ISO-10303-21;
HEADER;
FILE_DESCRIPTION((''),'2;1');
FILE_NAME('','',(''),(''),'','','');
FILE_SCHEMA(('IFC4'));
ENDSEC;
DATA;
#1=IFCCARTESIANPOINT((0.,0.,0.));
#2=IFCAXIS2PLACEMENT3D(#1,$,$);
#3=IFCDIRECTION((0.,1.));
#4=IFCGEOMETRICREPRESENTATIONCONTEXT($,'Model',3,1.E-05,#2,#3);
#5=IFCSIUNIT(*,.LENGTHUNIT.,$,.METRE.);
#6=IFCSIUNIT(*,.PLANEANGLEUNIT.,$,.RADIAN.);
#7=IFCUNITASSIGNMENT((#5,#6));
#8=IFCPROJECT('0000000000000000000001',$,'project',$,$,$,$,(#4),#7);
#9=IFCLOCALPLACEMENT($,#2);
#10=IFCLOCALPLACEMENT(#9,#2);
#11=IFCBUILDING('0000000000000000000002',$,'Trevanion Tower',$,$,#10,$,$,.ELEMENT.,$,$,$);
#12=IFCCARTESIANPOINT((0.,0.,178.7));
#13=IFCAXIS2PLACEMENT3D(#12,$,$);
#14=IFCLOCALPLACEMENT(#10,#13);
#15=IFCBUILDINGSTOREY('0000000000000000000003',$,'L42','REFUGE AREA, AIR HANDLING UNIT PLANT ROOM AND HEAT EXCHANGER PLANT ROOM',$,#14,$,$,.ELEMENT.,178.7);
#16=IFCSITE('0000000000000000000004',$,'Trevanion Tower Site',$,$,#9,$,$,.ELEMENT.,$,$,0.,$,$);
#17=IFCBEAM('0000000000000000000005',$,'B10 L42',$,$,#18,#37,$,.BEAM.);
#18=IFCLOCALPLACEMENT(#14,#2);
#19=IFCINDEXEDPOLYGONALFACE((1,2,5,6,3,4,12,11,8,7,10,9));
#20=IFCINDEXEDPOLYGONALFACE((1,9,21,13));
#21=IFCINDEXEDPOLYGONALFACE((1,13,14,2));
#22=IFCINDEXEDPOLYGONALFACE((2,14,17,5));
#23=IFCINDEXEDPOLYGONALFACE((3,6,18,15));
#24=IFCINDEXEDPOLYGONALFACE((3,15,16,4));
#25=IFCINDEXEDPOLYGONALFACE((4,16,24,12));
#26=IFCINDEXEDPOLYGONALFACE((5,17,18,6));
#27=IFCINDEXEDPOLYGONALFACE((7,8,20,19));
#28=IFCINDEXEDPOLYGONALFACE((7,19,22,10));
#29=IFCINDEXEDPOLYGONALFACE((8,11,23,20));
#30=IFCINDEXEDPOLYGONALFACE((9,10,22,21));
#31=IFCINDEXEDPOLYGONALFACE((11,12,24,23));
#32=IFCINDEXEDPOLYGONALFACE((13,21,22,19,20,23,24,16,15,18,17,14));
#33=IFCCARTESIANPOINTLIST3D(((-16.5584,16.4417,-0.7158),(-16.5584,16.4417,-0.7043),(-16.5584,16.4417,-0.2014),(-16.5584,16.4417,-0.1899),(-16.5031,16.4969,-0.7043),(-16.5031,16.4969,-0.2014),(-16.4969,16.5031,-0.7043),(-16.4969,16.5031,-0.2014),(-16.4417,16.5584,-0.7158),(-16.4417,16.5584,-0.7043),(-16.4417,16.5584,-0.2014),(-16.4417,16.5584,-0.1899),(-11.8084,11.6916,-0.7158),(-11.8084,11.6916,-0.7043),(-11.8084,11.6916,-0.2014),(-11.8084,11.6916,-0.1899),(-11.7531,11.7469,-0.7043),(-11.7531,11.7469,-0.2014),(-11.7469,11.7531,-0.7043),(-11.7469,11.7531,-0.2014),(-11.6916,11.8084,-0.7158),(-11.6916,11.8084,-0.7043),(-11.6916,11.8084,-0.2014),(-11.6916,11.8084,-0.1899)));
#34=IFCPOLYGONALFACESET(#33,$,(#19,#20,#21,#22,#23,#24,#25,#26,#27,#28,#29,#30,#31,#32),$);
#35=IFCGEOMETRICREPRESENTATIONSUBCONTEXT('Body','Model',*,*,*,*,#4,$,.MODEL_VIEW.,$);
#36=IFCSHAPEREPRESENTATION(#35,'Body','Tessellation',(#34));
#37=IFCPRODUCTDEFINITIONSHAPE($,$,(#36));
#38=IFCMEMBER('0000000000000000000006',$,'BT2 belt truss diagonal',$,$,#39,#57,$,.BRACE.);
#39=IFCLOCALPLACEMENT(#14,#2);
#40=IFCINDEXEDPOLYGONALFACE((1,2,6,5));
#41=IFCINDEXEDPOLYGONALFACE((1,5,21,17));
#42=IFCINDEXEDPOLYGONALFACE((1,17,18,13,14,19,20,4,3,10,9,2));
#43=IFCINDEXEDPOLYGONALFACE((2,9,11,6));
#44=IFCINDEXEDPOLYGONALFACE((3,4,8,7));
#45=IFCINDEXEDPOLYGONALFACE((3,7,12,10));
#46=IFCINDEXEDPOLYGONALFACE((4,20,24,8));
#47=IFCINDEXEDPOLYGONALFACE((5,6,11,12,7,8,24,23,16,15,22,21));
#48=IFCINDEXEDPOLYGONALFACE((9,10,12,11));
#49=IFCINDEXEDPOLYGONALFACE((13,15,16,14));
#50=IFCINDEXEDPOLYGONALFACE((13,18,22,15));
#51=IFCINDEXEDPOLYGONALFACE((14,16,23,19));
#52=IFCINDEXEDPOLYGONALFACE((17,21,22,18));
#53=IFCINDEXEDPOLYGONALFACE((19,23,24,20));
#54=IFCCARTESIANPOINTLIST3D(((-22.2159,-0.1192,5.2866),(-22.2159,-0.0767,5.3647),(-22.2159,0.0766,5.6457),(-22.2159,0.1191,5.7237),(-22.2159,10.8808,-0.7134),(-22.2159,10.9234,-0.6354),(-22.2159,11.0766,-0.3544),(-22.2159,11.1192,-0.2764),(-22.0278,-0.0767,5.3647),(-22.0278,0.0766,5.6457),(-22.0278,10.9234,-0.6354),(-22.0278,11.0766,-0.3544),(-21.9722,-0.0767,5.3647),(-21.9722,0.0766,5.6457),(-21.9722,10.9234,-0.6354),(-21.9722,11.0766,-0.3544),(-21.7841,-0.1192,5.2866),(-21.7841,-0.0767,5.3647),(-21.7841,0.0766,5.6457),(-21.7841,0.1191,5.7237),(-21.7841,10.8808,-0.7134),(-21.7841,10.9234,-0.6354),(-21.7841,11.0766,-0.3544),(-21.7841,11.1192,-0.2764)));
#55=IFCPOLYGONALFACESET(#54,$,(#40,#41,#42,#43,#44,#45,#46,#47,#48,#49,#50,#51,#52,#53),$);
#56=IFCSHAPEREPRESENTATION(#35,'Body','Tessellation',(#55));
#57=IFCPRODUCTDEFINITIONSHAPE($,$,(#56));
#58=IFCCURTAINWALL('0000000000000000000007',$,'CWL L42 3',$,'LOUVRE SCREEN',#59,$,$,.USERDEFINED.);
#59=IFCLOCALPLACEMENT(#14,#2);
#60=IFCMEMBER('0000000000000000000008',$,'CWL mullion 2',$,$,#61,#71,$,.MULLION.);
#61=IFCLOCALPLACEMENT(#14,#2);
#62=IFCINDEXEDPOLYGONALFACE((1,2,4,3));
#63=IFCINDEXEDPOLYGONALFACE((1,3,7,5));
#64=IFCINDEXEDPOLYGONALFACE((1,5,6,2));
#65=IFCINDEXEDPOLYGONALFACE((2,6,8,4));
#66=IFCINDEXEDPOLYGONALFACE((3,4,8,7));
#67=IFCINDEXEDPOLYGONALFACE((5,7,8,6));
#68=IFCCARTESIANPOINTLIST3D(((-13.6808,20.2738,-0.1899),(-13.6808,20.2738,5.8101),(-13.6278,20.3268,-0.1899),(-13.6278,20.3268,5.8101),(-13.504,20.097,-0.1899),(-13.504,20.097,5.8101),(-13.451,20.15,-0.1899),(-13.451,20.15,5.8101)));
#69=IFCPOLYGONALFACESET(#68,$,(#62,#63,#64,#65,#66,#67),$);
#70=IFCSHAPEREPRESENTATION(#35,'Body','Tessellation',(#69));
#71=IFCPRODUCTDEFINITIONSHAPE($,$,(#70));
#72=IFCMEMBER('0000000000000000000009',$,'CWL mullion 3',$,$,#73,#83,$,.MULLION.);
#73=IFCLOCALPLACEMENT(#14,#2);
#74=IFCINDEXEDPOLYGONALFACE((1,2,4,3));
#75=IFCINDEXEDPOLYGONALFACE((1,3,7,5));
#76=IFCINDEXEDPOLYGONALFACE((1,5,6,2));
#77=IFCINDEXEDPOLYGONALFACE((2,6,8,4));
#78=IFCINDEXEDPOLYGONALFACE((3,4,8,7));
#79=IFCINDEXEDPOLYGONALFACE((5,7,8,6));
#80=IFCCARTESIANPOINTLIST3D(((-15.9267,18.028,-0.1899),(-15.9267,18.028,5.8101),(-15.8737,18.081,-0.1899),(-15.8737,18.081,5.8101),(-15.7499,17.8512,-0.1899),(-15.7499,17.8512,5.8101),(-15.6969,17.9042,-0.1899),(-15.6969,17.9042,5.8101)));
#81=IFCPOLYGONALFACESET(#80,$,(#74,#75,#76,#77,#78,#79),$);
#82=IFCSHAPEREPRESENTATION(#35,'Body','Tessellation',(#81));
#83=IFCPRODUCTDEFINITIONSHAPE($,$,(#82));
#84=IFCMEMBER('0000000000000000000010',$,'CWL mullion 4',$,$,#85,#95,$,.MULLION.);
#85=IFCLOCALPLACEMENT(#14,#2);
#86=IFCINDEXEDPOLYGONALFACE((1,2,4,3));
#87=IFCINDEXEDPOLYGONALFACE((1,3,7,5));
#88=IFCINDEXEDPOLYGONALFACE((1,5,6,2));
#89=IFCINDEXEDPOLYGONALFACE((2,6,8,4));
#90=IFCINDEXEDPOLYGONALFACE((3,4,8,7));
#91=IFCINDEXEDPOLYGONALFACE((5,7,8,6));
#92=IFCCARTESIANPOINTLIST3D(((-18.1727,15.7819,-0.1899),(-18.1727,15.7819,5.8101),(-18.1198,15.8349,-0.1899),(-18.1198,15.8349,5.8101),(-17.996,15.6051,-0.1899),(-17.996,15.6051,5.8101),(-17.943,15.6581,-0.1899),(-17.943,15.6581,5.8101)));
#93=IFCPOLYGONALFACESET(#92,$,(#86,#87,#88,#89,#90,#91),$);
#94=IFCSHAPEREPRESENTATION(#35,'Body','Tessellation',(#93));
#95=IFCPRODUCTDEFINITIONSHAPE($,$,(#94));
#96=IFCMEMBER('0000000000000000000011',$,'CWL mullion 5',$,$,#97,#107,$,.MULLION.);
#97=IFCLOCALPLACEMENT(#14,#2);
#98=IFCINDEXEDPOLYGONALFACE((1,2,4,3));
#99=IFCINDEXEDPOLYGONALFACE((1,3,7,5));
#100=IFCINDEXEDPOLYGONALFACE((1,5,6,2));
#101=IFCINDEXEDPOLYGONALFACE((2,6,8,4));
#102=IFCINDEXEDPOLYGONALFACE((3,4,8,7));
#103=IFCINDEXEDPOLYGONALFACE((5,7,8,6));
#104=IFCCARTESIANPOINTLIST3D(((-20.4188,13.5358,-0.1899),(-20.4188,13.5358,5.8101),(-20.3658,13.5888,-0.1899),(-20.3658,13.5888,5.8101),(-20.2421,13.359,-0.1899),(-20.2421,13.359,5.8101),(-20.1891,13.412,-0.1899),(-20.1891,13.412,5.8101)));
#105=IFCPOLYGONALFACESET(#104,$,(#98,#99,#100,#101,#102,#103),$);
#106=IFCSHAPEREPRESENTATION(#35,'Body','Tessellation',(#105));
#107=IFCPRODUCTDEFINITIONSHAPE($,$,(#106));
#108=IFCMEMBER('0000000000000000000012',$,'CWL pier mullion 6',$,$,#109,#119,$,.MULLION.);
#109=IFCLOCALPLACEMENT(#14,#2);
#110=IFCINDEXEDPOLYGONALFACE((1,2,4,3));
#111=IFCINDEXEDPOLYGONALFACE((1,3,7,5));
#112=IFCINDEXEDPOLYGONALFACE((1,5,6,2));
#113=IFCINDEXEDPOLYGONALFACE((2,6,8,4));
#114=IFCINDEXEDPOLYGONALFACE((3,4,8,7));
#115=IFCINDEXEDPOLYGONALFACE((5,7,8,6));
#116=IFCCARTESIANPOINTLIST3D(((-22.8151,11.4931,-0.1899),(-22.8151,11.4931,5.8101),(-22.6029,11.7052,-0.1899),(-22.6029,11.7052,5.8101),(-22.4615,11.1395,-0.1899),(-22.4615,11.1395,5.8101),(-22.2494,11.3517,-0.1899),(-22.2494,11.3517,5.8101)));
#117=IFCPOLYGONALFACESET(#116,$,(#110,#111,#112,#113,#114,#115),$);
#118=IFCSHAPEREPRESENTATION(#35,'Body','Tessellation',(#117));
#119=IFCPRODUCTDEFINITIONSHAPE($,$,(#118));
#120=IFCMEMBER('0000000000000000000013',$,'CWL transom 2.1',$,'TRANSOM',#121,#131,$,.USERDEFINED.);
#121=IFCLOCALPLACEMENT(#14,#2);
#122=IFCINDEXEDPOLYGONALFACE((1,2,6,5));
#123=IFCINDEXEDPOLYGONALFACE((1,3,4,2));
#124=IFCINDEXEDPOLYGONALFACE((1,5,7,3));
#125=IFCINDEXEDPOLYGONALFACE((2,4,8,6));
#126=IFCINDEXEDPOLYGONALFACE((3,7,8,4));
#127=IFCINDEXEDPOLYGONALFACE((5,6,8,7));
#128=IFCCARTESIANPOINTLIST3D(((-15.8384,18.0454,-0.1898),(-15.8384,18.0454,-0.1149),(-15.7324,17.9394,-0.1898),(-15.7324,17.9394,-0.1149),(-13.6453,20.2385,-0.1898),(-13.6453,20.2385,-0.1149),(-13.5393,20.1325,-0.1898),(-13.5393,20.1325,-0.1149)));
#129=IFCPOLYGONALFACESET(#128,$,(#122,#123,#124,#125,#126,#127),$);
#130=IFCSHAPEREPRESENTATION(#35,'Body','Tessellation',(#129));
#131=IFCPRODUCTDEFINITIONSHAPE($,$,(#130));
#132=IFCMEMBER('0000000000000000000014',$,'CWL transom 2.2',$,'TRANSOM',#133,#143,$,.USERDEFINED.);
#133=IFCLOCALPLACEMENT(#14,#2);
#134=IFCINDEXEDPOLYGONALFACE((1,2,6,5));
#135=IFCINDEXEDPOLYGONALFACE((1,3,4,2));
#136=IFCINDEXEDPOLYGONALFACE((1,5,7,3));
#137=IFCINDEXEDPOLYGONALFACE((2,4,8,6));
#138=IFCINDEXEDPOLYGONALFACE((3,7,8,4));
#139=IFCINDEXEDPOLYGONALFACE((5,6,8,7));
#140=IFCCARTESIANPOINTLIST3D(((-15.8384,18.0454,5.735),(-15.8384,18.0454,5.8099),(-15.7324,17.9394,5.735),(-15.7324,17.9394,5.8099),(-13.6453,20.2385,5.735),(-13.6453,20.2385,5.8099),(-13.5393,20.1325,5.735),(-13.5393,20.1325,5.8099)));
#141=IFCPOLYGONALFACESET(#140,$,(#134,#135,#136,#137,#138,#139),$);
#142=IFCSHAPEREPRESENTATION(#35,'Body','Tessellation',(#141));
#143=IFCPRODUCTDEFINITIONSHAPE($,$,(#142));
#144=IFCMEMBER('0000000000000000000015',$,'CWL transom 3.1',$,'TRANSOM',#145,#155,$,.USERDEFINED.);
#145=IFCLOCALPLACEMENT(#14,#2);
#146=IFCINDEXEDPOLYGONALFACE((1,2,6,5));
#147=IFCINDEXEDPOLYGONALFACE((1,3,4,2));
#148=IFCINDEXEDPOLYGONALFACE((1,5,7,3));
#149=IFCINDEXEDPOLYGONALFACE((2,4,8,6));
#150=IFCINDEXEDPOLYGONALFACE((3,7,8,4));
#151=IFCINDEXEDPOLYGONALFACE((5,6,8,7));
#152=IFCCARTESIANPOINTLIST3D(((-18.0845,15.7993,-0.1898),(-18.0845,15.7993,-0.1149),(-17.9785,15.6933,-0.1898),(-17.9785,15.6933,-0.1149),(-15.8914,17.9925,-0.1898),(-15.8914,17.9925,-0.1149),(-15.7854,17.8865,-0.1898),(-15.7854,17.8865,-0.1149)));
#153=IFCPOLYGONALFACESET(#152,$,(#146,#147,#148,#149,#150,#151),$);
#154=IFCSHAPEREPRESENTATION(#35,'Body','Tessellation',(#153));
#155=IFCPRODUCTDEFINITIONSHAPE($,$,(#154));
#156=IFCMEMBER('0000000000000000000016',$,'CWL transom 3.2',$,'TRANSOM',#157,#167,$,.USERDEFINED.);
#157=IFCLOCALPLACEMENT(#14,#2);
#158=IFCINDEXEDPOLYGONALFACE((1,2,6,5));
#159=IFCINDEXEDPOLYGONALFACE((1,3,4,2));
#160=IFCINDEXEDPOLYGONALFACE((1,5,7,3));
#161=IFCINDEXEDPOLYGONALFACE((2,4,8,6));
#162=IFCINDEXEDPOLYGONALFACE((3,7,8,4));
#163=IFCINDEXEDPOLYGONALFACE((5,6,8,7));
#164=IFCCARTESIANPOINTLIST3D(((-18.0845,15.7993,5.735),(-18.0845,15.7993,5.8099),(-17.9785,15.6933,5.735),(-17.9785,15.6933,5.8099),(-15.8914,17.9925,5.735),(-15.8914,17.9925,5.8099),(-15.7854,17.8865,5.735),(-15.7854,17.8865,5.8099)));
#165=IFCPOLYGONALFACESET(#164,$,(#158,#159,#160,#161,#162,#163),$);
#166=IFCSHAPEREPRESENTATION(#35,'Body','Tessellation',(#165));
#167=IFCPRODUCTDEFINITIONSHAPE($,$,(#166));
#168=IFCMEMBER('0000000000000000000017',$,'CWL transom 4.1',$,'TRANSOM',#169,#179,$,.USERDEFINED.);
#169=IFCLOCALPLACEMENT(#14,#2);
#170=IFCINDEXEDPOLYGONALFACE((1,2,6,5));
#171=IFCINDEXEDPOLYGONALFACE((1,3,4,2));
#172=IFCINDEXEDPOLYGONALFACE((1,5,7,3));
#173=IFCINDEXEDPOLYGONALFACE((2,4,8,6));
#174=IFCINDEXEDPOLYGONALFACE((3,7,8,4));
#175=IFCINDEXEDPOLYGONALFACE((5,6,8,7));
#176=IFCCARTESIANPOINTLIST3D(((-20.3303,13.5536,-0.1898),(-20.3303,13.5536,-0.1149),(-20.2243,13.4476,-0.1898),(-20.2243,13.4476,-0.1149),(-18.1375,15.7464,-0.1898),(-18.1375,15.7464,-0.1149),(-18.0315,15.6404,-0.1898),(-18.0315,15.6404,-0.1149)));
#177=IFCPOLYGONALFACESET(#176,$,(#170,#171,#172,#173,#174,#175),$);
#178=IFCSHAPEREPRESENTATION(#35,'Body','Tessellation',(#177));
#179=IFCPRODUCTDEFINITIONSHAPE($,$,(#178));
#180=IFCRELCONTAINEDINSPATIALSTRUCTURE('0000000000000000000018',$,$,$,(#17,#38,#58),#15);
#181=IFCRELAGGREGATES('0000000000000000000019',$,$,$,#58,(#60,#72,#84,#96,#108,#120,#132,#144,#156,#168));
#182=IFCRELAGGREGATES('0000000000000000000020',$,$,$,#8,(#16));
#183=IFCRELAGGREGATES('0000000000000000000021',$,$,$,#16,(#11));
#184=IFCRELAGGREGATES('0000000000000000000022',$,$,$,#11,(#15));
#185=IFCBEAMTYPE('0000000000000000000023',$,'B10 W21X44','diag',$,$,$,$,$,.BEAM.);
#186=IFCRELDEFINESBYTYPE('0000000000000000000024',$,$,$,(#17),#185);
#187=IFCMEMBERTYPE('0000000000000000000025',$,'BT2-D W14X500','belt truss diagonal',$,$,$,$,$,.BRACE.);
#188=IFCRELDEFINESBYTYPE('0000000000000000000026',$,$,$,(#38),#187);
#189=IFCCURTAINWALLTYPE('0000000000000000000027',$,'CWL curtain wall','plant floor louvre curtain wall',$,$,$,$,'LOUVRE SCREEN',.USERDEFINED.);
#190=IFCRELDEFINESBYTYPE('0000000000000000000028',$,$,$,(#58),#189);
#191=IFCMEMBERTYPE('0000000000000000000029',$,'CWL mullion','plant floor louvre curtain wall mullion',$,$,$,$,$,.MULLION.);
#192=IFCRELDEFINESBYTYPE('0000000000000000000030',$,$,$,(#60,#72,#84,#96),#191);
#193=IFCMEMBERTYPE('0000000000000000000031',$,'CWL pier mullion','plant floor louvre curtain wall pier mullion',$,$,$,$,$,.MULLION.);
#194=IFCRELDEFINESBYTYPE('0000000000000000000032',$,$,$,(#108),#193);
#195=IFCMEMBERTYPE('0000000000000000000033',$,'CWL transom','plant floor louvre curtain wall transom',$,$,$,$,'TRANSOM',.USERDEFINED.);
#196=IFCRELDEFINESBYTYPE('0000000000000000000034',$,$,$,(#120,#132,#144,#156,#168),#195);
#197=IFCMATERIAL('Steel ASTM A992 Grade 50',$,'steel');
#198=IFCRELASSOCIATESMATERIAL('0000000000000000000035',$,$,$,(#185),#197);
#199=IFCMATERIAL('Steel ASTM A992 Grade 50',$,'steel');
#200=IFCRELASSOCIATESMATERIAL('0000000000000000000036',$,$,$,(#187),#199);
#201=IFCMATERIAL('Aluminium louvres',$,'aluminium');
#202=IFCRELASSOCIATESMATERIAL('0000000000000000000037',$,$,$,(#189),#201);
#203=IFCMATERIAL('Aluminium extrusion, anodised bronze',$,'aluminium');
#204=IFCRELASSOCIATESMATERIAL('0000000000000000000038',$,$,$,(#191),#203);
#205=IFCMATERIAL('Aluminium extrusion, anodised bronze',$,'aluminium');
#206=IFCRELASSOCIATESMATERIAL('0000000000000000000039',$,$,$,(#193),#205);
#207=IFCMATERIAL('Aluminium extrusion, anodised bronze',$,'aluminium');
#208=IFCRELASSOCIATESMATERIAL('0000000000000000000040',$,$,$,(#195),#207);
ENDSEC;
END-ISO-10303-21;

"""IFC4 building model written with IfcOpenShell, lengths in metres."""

from ifc_helpers import new_model, si_unit, direction, frame, origin, origin_2d, place, context, subcontext, project, spatial, rectangle, i_section, extrude, material, material_profile, profile_set, type_object, element, aggregate, save


model = new_model("IFC4")

# Units and contexts
model_context = context("Model", 3, precision=1e-05, world=origin(), true_north=direction((0.0, 1.0)))
body_context = subcontext(model_context, "Body", "Model", "MODEL_VIEW")
ifc_project = project(units=[si_unit("LENGTHUNIT", "METRE"), si_unit("PLANEANGLEUNIT", "RADIAN")], contexts=[model_context])

# Site, building, storey
site_placement = place(None, origin())
site = spatial("IfcSite", under=ifc_project, at=site_placement, Name="Trevanion Tower Site", CompositionType="ELEMENT", RefElevation=0.0)
building_placement = place(site_placement, origin())
building = spatial("IfcBuilding", under=site, at=building_placement, Name="Trevanion Tower", CompositionType="ELEMENT")
storey_placement = place(building_placement, frame((0.0, 0.0, 178.7)))
storey = spatial("IfcBuildingStorey", under=building, at=storey_placement, Name="L42", Description="REFUGE AREA, AIR HANDLING UNIT PLANT ROOM AND HEAT EXCHANGER PLANT ROOM", CompositionType="ELEMENT", Elevation=178.7)

# Beam
ifc_material_1 = material(Name="Steel ASTM A992 Grade 50", Category="steel")
ifc_material_profile_1 = material_profile(ifc_material_1, i_section(OverallWidth=0.165, OverallDepth=0.5259, WebThickness=0.0088, FlangeThickness=0.0115, at=origin_2d()), Name="W21X44")
ifc_profile_set_1 = profile_set([ifc_material_profile_1], Name="Steel ASTM A992 Grade 50")
beam_type_1 = type_object("IfcBeamType", Name="B10 W21X44", Description="diag", PredefinedType="BEAM", material=ifc_profile_set_1)
beam_1_placement = place(storey_placement, frame((-11.75, 11.75, -0.4529), z_axis=(-0.707107, 0.707107, 0.0), x_axis=(-0.707107, -0.707107, 0.0)))
element("IfcBeam", 1, at=beam_1_placement, inside=storey, type_object=beam_type_1, Name="B10 L42", PredefinedType="BEAM", context=body_context, shape_type="SweptSolid", body=[
    extrude(i_section(OverallWidth=0.165, OverallDepth=0.5259, WebThickness=0.0088, FlangeThickness=0.0115, at=origin_2d()), origin(), (0.0, 0.0, 1.0), 6.7175),
])

# Member
ifc_material_2 = material(Name="Steel ASTM A992 Grade 50", Category="steel")
ifc_material_profile_2 = material_profile(ifc_material_2, i_section(OverallWidth=0.4319, OverallDepth=0.4978, WebThickness=0.0557, FlangeThickness=0.0889, at=origin_2d()), Name="W14X500")
ifc_profile_set_2 = profile_set([ifc_material_profile_2], Name="Steel ASTM A992 Grade 50")
member_type_1 = type_object("IfcMemberType", Name="BT2-D W14X500", Description="belt truss diagonal", PredefinedType="BRACE", material=ifc_profile_set_2)
member_1_placement = place(storey_placement, frame((-22.0, 11.0, -0.4949), z_axis=(0.0, -0.877896, 0.478852), x_axis=(1.0, 0.0, 0.0)))
element("IfcMember", 2, at=member_1_placement, inside=storey, type_object=member_type_1, Name="BT2 belt truss diagonal", PredefinedType="BRACE", context=body_context, shape_type="SweptSolid", body=[
    extrude(i_section(OverallWidth=0.4319, OverallDepth=0.4978, WebThickness=0.0557, FlangeThickness=0.0889, at=origin_2d()), origin(), (0.0, 0.0, 1.0), 12.53),
])

# Curtain wall, members
ifc_material_3 = material(Name="Aluminium louvres", Category="aluminium")
curtain_wall_type = type_object("IfcCurtainWallType", Name="CWL curtain wall", Description="plant floor louvre curtain wall", ElementType="LOUVRE SCREEN", PredefinedType="USERDEFINED", material=ifc_material_3)
curtain_wall_placement = place(storey_placement, origin())
curtain_wall = element("IfcCurtainWall", 3, at=curtain_wall_placement, inside=storey, type_object=curtain_wall_type, Name="CWL L42 3", ObjectType="LOUVRE SCREEN", PredefinedType="USERDEFINED")
ifc_material_4 = material(Name="Aluminium extrusion, anodised bronze", Category="aluminium")
ifc_material_profile_3 = material_profile(ifc_material_4, rectangle(XDim=0.075, YDim=0.25, at=origin_2d()), Name="CWL mullion")
ifc_profile_set_3 = profile_set([ifc_material_profile_3], Name="Aluminium extrusion, anodised bronze")
member_type_2 = type_object("IfcMemberType", Name="CWL mullion", Description="plant floor louvre curtain wall mullion", PredefinedType="MULLION", material=ifc_profile_set_3)
member_2_placement = place(storey_placement, frame((-13.5659, 20.2119, -0.1899), z_axis=(0.0, 0.0, 1.0), x_axis=(-0.707107, -0.707107, 0.0)))
member_2 = element("IfcMember", 4, at=member_2_placement, type_object=member_type_2, Name="CWL mullion 2", PredefinedType="MULLION", context=body_context, shape_type="SweptSolid", body=[
    extrude(rectangle(XDim=0.075, YDim=0.25, at=origin_2d()), origin(), (0.0, 0.0, 1.0), 6.0),
])
member_3_placement = place(storey_placement, frame((-15.8118, 17.9661, -0.1899), z_axis=(0.0, 0.0, 1.0), x_axis=(-0.707107, -0.707107, 0.0)))
member_3 = element("IfcMember", 5, at=member_3_placement, type_object=member_type_2, Name="CWL mullion 3", PredefinedType="MULLION", context=body_context, shape_type="SweptSolid", body=[
    extrude(rectangle(XDim=0.075, YDim=0.25, at=origin_2d()), origin(), (0.0, 0.0, 1.0), 6.0),
])
member_4_placement = place(storey_placement, frame((-18.0579, 15.72, -0.1899), z_axis=(0.0, 0.0, 1.0), x_axis=(-0.707107, -0.707107, 0.0)))
member_4 = element("IfcMember", 6, at=member_4_placement, type_object=member_type_2, Name="CWL mullion 4", PredefinedType="MULLION", context=body_context, shape_type="SweptSolid", body=[
    extrude(rectangle(XDim=0.075, YDim=0.25, at=origin_2d()), origin(), (0.0, 0.0, 1.0), 6.0),
])
member_5_placement = place(storey_placement, frame((-20.304, 13.4739, -0.1899), z_axis=(0.0, 0.0, 1.0), x_axis=(-0.707107, -0.707107, 0.0)))
member_5 = element("IfcMember", 7, at=member_5_placement, type_object=member_type_2, Name="CWL mullion 5", PredefinedType="MULLION", context=body_context, shape_type="SweptSolid", body=[
    extrude(rectangle(XDim=0.075, YDim=0.25, at=origin_2d()), origin(), (0.0, 0.0, 1.0), 6.0),
])
ifc_material_5 = material(Name="Aluminium extrusion, anodised bronze", Category="aluminium")
ifc_material_profile_4 = material_profile(ifc_material_5, rectangle(XDim=0.3, YDim=0.5, at=origin_2d()), Name="CWL pier mullion")
ifc_profile_set_4 = profile_set([ifc_material_profile_4], Name="Aluminium extrusion, anodised bronze")
member_type_3 = type_object("IfcMemberType", Name="CWL pier mullion", Description="plant floor louvre curtain wall pier mullion", PredefinedType="MULLION", material=ifc_profile_set_4)
member_6_placement = place(storey_placement, frame((-22.5322, 11.4224, -0.1899), z_axis=(0.0, 0.0, 1.0), x_axis=(-0.707107, -0.707107, 0.0)))
member_6 = element("IfcMember", 8, at=member_6_placement, type_object=member_type_3, Name="CWL pier mullion 6", PredefinedType="MULLION", context=body_context, shape_type="SweptSolid", body=[
    extrude(rectangle(XDim=0.3, YDim=0.5, at=origin_2d()), origin(), (0.0, 0.0, 1.0), 6.0),
])
ifc_material_6 = material(Name="Aluminium extrusion, anodised bronze", Category="aluminium")
ifc_material_profile_5 = material_profile(ifc_material_6, rectangle(XDim=0.1499, YDim=0.075, at=origin_2d()), Name="CWL transom")
ifc_profile_set_5 = profile_set([ifc_material_profile_5], Name="Aluminium extrusion, anodised bronze")
member_type_4 = type_object("IfcMemberType", Name="CWL transom", Description="plant floor louvre curtain wall transom", ElementType="TRANSOM", PredefinedType="USERDEFINED", material=ifc_profile_set_5)
member_7_placement = place(storey_placement, frame((-13.5923, 20.1855, -0.1523), z_axis=(-0.707107, -0.707107, 0.0), x_axis=(0.707107, -0.707107, 0.0)))
member_7 = element("IfcMember", 9, at=member_7_placement, type_object=member_type_4, Name="CWL transom 2.1", ObjectType="TRANSOM", PredefinedType="USERDEFINED", context=body_context, shape_type="SweptSolid", body=[
    extrude(rectangle(XDim=0.1499, YDim=0.075, at=origin_2d()), origin(), (0.0, 0.0, 1.0), 3.1016),
])
member_8_placement = place(storey_placement, frame((-13.5923, 20.1855, 5.7725), z_axis=(-0.707107, -0.707107, 0.0), x_axis=(0.707107, -0.707107, 0.0)))
member_8 = element("IfcMember", 10, at=member_8_placement, type_object=member_type_4, Name="CWL transom 2.2", ObjectType="TRANSOM", PredefinedType="USERDEFINED", context=body_context, shape_type="SweptSolid", body=[
    extrude(rectangle(XDim=0.1499, YDim=0.075, at=origin_2d()), origin(), (0.0, 0.0, 1.0), 3.1016),
])
member_9_placement = place(storey_placement, frame((-15.8384, 17.9395, -0.1523), z_axis=(-0.707107, -0.707107, 0.0), x_axis=(0.707107, -0.707107, 0.0)))
member_9 = element("IfcMember", 11, at=member_9_placement, type_object=member_type_4, Name="CWL transom 3.1", ObjectType="TRANSOM", PredefinedType="USERDEFINED", context=body_context, shape_type="SweptSolid", body=[
    extrude(rectangle(XDim=0.1499, YDim=0.075, at=origin_2d()), origin(), (0.0, 0.0, 1.0), 3.1016),
])
member_10_placement = place(storey_placement, frame((-15.8384, 17.9395, 5.7725), z_axis=(-0.707107, -0.707107, 0.0), x_axis=(0.707107, -0.707107, 0.0)))
member_10 = element("IfcMember", 12, at=member_10_placement, type_object=member_type_4, Name="CWL transom 3.2", ObjectType="TRANSOM", PredefinedType="USERDEFINED", context=body_context, shape_type="SweptSolid", body=[
    extrude(rectangle(XDim=0.1499, YDim=0.075, at=origin_2d()), origin(), (0.0, 0.0, 1.0), 3.1016),
])
member_11_placement = place(storey_placement, frame((-18.0845, 15.6934, -0.1523), z_axis=(-0.707107, -0.707107, 0.0), x_axis=(0.707107, -0.707107, 0.0)))
member_11 = element("IfcMember", 13, at=member_11_placement, type_object=member_type_4, Name="CWL transom 4.1", ObjectType="TRANSOM", PredefinedType="USERDEFINED", context=body_context, shape_type="SweptSolid", body=[
    extrude(rectangle(XDim=0.1499, YDim=0.075, at=origin_2d()), origin(), (0.0, 0.0, 1.0), 3.1011),
])

aggregate(curtain_wall, [member_2, member_3, member_4, member_5, member_6, member_7, member_8, member_9, member_10, member_11])

save(model, "model.ifc")
